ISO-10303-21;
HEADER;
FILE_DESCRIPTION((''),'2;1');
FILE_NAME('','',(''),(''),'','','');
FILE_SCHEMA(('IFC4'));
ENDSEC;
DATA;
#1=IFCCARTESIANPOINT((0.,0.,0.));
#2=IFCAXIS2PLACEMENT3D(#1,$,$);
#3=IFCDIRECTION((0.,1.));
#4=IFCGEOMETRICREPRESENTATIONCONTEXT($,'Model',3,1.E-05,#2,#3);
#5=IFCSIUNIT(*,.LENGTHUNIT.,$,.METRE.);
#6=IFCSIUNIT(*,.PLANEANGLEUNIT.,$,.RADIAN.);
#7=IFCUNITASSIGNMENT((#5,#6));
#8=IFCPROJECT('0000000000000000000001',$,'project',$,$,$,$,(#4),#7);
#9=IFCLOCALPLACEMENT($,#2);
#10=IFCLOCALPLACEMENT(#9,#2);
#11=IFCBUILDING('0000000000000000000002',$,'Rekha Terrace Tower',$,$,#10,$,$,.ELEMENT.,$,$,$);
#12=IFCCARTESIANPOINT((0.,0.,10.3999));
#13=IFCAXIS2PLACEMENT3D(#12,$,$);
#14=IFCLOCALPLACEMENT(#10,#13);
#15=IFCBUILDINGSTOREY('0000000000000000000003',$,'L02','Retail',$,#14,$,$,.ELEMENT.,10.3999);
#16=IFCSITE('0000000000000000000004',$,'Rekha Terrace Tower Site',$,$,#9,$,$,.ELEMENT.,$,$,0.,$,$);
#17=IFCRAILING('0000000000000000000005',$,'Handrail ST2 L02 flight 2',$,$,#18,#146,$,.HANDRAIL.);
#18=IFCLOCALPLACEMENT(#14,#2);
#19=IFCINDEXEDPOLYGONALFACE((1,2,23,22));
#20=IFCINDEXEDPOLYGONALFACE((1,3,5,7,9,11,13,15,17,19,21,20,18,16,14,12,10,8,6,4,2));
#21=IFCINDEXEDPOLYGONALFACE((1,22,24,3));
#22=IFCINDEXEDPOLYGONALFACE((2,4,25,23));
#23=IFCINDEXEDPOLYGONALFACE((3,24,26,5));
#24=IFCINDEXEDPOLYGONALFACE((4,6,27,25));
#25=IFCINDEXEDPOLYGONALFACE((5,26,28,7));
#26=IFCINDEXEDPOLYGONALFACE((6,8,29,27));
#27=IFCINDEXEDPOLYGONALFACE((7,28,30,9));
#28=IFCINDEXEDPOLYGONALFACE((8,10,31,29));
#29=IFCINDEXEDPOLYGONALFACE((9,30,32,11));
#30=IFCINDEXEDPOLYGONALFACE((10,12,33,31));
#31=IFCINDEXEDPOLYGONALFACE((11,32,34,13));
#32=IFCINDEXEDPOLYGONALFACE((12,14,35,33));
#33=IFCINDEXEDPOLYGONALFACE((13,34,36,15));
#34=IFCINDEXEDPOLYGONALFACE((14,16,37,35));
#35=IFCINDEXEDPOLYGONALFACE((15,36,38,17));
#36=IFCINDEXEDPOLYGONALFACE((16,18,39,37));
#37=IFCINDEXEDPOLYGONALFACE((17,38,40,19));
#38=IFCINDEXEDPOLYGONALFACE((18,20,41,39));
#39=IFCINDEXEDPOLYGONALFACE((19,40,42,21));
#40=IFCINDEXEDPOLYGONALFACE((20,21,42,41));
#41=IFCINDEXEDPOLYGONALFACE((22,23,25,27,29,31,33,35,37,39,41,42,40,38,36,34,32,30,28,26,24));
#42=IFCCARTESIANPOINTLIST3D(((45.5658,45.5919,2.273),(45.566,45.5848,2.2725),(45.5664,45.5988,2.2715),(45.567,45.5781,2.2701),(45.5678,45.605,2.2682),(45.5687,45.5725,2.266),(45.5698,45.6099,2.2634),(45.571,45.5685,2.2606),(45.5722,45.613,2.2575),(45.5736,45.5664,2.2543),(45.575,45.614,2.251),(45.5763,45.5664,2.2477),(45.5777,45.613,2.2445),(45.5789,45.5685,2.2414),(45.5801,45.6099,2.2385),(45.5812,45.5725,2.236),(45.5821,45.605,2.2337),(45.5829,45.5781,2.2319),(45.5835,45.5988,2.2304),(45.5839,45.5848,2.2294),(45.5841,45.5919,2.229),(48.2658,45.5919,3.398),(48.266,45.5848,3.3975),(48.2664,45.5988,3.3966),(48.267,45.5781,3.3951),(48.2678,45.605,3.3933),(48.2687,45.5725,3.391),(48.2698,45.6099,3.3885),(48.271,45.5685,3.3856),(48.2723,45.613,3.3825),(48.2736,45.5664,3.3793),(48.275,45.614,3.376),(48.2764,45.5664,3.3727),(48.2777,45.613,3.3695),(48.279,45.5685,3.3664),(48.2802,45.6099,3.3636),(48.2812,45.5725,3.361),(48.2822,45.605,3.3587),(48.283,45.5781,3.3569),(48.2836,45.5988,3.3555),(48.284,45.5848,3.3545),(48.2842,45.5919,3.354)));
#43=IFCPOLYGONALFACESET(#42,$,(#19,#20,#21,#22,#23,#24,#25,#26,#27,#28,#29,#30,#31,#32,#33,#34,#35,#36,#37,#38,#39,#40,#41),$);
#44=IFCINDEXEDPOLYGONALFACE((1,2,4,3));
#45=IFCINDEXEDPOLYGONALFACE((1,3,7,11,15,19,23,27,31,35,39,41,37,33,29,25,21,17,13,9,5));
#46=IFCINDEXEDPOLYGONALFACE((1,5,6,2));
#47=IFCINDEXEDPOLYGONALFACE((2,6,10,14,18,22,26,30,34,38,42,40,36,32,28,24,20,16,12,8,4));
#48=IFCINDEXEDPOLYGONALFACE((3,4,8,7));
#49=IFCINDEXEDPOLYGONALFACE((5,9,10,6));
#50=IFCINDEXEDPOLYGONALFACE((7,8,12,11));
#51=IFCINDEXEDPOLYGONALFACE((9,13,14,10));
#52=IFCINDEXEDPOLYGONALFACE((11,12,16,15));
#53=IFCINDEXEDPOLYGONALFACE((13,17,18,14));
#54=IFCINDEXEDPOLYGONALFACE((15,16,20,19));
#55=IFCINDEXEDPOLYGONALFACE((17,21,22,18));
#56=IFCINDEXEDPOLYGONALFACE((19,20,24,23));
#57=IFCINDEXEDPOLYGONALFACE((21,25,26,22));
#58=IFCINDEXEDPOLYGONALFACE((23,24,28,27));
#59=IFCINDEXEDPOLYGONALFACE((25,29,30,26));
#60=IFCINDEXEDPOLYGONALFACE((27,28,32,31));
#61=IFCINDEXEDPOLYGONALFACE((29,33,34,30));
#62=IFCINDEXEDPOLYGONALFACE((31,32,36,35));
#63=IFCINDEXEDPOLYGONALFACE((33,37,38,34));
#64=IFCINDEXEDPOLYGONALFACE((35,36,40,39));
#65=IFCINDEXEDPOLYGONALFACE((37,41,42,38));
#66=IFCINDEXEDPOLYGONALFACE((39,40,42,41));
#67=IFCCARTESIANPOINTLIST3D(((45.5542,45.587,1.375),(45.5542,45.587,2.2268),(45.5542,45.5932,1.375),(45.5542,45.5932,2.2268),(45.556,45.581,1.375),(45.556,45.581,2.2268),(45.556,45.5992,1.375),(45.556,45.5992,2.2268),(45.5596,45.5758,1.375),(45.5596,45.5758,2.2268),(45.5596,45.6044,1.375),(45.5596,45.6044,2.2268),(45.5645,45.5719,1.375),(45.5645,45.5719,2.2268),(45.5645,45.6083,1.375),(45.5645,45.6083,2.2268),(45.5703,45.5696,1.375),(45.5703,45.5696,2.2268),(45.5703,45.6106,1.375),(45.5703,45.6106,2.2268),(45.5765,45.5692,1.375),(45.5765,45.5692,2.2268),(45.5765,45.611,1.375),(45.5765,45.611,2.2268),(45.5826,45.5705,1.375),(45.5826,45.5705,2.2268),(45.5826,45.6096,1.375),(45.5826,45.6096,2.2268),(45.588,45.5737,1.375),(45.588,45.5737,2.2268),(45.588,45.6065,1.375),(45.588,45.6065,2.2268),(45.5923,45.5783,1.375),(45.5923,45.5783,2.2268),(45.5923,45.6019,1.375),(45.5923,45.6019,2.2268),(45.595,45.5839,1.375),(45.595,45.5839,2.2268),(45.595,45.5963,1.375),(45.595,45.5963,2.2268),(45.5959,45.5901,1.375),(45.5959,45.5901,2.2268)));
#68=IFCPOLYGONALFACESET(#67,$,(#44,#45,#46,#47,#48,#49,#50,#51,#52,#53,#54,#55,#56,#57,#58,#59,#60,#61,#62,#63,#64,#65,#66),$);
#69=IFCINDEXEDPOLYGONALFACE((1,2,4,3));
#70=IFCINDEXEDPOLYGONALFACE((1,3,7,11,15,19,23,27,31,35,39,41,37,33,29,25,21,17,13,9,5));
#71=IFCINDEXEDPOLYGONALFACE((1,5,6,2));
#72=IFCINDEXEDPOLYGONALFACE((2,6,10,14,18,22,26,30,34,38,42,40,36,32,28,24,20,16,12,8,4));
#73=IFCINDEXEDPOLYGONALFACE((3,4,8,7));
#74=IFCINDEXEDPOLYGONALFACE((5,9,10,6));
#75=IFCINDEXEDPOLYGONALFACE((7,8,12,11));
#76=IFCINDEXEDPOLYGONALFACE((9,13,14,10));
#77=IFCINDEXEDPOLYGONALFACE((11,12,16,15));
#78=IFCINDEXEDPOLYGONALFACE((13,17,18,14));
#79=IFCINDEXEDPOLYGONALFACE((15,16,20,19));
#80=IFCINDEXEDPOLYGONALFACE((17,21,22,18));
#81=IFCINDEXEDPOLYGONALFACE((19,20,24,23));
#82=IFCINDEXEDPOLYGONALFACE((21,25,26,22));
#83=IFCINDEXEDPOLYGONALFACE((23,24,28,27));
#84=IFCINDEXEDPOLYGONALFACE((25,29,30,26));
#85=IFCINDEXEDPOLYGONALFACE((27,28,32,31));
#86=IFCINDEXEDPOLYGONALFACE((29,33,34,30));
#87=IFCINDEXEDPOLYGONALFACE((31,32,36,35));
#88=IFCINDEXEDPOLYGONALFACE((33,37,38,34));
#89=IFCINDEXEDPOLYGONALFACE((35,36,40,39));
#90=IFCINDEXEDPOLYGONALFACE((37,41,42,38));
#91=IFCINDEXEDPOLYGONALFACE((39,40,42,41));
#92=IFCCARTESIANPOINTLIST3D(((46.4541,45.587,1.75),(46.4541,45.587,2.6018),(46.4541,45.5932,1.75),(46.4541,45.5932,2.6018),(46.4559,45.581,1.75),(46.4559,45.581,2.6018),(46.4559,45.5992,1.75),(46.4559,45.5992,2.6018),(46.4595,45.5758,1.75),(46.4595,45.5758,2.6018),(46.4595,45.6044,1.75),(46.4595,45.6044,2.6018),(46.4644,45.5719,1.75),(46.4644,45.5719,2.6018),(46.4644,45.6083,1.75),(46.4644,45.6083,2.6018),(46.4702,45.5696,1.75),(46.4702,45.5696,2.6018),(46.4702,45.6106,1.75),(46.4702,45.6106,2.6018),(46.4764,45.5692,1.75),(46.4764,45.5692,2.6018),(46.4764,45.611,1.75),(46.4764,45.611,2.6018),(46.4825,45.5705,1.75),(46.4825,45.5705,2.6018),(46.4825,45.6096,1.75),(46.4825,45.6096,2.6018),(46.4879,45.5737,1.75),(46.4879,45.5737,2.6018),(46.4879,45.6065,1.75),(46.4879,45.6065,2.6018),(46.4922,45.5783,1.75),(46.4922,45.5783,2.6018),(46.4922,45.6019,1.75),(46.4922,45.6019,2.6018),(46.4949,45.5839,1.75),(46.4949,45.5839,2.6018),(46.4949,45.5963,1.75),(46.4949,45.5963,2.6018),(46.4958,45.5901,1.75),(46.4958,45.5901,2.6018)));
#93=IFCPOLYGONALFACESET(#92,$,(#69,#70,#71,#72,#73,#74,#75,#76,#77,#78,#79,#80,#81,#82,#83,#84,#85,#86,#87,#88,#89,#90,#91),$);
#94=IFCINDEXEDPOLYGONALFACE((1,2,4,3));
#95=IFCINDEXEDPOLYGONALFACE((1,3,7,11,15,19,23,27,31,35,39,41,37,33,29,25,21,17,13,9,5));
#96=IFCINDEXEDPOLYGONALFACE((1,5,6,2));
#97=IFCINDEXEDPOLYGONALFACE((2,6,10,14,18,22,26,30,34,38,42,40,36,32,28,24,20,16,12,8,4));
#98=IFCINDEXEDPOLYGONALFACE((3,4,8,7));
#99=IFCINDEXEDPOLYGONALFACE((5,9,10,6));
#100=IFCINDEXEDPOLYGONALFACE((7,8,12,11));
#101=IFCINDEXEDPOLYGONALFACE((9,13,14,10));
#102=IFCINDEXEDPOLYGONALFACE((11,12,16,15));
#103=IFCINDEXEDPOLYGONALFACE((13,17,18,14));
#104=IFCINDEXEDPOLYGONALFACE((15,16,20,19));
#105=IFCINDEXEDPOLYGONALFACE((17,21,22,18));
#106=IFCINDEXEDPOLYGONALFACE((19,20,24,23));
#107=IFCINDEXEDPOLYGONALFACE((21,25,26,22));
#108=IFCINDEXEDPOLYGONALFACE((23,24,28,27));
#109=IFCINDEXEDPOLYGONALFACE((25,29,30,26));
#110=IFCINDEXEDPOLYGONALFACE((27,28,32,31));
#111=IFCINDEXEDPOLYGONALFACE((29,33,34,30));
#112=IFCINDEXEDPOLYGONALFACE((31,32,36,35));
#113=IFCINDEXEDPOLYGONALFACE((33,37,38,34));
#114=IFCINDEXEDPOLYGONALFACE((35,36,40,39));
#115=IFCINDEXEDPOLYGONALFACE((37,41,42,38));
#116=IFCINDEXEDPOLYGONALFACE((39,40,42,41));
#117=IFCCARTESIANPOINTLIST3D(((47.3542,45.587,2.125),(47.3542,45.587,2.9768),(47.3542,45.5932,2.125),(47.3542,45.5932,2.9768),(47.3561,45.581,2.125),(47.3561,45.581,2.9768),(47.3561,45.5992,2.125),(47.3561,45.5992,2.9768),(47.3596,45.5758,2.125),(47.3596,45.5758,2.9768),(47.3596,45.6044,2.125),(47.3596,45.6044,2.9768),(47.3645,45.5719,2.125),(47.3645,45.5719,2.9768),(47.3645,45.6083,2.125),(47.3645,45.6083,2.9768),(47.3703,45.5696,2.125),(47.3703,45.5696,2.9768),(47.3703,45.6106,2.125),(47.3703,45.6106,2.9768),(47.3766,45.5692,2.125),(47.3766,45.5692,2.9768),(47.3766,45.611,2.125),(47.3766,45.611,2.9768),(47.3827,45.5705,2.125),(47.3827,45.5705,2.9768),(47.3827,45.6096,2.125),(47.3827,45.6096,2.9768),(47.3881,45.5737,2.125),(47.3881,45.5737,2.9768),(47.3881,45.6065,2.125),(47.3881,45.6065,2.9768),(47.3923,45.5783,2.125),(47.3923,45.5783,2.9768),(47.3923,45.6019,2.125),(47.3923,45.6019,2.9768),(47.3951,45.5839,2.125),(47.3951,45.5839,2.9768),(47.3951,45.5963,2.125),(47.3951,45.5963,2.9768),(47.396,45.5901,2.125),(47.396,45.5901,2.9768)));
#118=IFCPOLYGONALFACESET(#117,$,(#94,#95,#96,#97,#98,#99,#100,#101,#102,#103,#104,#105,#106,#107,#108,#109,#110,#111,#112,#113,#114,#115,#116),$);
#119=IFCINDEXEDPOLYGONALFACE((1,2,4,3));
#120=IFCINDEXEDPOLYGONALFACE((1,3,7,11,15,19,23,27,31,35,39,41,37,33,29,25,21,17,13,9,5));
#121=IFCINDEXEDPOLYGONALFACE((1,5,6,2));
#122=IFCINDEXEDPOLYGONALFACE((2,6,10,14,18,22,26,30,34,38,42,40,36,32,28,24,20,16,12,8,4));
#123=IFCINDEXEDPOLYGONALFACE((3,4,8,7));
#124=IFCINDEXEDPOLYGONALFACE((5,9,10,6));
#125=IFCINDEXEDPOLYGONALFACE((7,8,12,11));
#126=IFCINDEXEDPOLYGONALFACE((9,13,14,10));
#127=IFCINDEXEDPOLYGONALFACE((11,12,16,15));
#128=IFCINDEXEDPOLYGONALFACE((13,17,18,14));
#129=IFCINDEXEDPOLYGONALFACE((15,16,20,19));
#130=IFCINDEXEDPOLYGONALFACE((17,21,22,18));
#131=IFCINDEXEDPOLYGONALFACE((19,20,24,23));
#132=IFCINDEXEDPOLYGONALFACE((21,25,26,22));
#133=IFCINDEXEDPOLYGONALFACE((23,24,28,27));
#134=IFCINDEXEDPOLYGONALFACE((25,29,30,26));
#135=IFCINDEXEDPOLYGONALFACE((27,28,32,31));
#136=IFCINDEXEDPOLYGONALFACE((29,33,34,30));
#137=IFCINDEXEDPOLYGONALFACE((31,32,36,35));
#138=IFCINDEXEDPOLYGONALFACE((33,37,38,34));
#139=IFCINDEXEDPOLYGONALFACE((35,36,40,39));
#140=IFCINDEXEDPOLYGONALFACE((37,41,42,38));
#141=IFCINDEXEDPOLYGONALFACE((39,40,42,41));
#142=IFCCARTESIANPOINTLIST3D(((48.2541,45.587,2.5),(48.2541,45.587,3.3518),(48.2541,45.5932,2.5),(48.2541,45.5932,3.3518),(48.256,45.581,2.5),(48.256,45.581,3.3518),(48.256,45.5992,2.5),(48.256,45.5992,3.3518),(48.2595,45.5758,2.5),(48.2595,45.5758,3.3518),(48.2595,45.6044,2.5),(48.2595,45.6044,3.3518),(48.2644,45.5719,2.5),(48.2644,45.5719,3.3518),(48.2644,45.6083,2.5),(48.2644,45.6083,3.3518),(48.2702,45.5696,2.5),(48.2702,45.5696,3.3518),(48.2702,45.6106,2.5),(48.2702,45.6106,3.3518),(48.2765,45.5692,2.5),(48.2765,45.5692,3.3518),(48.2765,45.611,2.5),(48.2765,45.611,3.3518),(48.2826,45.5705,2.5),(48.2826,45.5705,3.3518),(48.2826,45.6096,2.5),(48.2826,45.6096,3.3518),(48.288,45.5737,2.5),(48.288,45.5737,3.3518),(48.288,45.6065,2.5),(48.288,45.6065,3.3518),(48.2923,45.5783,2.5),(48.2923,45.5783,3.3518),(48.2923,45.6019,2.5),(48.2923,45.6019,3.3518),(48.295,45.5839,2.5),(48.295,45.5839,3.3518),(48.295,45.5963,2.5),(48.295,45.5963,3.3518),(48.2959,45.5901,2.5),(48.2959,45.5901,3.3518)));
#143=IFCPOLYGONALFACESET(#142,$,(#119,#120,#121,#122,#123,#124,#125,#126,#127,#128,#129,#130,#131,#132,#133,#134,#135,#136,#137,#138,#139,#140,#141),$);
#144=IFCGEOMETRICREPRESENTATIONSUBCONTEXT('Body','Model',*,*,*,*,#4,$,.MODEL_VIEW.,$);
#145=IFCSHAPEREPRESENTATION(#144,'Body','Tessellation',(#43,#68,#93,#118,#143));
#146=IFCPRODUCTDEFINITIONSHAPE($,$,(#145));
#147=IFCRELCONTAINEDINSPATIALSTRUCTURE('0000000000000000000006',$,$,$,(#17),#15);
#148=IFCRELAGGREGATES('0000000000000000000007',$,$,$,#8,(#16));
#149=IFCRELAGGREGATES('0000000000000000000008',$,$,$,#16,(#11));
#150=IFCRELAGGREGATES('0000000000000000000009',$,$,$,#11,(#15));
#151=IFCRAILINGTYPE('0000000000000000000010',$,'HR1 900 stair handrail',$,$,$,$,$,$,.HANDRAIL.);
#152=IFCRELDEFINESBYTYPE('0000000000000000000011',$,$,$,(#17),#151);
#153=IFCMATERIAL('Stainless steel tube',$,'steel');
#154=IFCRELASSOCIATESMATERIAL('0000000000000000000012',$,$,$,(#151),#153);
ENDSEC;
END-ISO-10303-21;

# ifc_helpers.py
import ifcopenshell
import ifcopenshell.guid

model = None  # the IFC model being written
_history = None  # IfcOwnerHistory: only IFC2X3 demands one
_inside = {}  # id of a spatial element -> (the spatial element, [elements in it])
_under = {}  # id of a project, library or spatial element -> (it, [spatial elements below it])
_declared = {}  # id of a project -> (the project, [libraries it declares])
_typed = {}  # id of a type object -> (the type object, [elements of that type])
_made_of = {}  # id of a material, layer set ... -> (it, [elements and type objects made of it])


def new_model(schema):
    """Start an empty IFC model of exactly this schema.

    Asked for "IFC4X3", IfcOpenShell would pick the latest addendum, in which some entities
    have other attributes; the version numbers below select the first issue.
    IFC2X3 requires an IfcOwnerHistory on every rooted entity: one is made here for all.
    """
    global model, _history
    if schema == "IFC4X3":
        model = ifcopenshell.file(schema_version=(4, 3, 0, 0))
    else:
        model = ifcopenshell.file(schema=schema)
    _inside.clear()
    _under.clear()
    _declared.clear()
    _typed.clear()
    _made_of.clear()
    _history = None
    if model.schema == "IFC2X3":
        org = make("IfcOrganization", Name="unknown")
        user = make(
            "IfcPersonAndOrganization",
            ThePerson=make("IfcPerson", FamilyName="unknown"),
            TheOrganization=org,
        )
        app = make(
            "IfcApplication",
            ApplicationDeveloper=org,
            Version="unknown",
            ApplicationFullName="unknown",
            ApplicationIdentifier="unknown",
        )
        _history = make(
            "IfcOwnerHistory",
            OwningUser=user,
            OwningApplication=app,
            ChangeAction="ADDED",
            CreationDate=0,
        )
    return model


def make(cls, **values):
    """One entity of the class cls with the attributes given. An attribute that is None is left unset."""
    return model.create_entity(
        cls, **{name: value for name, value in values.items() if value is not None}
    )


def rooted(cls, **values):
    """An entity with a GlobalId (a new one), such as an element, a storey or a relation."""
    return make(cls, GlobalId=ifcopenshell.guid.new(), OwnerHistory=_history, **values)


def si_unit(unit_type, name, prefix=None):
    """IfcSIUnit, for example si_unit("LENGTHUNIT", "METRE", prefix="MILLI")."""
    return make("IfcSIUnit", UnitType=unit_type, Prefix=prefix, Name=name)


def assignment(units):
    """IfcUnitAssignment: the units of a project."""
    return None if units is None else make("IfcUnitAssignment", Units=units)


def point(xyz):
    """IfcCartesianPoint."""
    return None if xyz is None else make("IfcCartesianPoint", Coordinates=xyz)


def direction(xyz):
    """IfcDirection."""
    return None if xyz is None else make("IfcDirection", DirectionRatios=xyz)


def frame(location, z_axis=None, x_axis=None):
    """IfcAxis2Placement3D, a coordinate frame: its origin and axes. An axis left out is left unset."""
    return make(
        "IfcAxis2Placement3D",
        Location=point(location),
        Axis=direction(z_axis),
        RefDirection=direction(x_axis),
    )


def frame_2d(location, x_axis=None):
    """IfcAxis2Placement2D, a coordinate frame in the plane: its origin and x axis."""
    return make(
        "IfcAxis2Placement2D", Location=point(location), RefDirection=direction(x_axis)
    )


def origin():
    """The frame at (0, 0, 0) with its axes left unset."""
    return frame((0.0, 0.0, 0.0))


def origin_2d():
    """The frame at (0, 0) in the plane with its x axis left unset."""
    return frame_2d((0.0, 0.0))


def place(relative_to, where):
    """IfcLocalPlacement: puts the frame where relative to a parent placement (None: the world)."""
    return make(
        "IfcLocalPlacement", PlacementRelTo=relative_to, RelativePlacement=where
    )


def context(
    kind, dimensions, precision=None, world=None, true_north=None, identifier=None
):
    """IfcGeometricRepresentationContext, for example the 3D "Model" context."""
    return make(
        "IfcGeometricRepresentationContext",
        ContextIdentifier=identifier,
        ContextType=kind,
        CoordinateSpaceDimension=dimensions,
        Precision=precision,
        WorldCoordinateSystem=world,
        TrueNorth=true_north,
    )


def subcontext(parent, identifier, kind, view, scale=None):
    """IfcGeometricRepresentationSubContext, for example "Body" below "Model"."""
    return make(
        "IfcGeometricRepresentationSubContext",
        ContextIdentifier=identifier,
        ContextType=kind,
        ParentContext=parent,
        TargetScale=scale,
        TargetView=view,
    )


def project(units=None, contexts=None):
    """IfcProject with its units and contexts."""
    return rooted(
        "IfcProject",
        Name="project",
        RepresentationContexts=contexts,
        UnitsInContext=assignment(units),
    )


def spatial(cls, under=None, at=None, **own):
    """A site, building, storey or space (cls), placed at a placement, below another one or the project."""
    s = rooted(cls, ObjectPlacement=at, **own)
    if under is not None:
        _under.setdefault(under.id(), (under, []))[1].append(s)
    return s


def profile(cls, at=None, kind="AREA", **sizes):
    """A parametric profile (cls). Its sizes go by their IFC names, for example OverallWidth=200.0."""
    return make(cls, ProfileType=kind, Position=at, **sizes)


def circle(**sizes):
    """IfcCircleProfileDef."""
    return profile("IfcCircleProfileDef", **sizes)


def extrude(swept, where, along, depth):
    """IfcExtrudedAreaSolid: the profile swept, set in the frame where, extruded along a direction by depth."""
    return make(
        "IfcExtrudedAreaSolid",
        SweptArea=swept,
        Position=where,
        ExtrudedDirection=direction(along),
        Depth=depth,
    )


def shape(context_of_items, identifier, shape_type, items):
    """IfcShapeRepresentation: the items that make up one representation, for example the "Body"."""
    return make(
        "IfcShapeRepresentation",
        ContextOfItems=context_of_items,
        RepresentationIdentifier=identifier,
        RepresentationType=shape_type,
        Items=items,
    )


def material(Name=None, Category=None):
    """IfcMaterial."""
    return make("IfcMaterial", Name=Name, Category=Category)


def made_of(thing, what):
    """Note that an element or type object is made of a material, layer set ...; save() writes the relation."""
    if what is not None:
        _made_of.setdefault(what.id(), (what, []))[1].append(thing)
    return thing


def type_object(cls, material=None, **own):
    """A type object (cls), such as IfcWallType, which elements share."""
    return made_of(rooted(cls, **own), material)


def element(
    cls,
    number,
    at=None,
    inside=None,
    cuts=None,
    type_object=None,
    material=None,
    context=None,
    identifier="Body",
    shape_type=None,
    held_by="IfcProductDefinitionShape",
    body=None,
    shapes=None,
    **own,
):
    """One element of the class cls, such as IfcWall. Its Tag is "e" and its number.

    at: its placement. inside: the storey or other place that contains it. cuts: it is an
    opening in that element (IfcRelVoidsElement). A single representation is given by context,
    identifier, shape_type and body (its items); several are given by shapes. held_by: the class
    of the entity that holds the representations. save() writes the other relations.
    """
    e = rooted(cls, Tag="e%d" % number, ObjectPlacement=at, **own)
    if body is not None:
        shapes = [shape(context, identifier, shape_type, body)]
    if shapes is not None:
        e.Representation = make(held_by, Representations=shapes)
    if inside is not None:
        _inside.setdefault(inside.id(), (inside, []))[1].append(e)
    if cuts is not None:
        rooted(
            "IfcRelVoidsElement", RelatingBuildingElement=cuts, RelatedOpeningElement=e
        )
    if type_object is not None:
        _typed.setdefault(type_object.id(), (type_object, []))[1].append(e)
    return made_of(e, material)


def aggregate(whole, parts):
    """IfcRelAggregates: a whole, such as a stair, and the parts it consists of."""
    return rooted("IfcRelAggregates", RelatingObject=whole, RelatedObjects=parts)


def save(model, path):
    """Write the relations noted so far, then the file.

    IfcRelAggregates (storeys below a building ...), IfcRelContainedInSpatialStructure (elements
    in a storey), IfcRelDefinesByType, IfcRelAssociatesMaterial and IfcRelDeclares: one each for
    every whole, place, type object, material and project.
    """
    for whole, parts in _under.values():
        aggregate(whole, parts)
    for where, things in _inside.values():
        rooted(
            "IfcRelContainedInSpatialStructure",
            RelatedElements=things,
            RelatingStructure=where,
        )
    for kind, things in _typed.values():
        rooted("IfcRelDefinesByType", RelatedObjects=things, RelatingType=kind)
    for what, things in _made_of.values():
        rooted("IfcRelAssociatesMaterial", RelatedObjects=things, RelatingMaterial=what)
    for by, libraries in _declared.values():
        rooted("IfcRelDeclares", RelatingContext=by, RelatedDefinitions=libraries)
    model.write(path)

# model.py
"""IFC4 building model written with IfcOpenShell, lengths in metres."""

from ifc_helpers import new_model, si_unit, direction, frame, origin, origin_2d, place, context, subcontext, project, spatial, circle, extrude, material, type_object, element, save


model = new_model("IFC4")

# Units and contexts
model_context = context("Model", 3, precision=1e-05, world=origin(), true_north=direction((0.0, 1.0)))
body_context = subcontext(model_context, "Body", "Model", "MODEL_VIEW")
ifc_project = project(units=[si_unit("LENGTHUNIT", "METRE"), si_unit("PLANEANGLEUNIT", "RADIAN")], contexts=[model_context])

# Site, building, storey
site_placement = place(None, origin())
site = spatial("IfcSite", under=ifc_project, at=site_placement, Name="Rekha Terrace Tower Site", CompositionType="ELEMENT", RefElevation=0.0)
building_placement = place(site_placement, origin())
building = spatial("IfcBuilding", under=site, at=building_placement, Name="Rekha Terrace Tower", CompositionType="ELEMENT")
storey_placement = place(building_placement, frame((0.0, 0.0, 10.3999)))
storey = spatial("IfcBuildingStorey", under=building, at=storey_placement, Name="L02", Description="Retail", CompositionType="ELEMENT", Elevation=10.3999)

# Railing
ifc_material_1 = material(Name="Stainless steel tube", Category="steel")
railing_type_1 = type_object("IfcRailingType", Name="HR1 900 stair handrail", PredefinedType="HANDRAIL", material=ifc_material_1)
railing_1_placement = place(storey_placement, frame((45.575, 45.5901, 1.375)))
element("IfcRailing", 1, at=railing_1_placement, inside=storey, type_object=railing_type_1, Name="Handrail ST2 L02 flight 2", PredefinedType="HANDRAIL", context=body_context, shape_type="SweptSolid", body=[
    extrude(circle(Radius=0.0239, at=origin_2d()), frame((0.0, 0.0, 0.876), z_axis=(0.923074, 0.0, 0.384621), x_axis=(0.0, 1.0, 0.0)), (0.0, 0.0, 1.0), 2.925),
    extrude(circle(Radius=0.021, at=origin_2d()), origin(), (0.0, 0.0, 1.0), 0.8518),
    extrude(circle(Radius=0.021, at=origin_2d()), frame((0.8999, 0.0, 0.375)), (0.0, 0.0, 1.0), 0.8518),
    extrude(circle(Radius=0.021, at=origin_2d()), frame((1.8, 0.0, 0.75)), (0.0, 0.0, 1.0), 0.8518),
    extrude(circle(Radius=0.021, at=origin_2d()), frame((2.7, 0.0, 1.125)), (0.0, 0.0, 1.0), 0.8518),
])

save(model, "model.ifc")
